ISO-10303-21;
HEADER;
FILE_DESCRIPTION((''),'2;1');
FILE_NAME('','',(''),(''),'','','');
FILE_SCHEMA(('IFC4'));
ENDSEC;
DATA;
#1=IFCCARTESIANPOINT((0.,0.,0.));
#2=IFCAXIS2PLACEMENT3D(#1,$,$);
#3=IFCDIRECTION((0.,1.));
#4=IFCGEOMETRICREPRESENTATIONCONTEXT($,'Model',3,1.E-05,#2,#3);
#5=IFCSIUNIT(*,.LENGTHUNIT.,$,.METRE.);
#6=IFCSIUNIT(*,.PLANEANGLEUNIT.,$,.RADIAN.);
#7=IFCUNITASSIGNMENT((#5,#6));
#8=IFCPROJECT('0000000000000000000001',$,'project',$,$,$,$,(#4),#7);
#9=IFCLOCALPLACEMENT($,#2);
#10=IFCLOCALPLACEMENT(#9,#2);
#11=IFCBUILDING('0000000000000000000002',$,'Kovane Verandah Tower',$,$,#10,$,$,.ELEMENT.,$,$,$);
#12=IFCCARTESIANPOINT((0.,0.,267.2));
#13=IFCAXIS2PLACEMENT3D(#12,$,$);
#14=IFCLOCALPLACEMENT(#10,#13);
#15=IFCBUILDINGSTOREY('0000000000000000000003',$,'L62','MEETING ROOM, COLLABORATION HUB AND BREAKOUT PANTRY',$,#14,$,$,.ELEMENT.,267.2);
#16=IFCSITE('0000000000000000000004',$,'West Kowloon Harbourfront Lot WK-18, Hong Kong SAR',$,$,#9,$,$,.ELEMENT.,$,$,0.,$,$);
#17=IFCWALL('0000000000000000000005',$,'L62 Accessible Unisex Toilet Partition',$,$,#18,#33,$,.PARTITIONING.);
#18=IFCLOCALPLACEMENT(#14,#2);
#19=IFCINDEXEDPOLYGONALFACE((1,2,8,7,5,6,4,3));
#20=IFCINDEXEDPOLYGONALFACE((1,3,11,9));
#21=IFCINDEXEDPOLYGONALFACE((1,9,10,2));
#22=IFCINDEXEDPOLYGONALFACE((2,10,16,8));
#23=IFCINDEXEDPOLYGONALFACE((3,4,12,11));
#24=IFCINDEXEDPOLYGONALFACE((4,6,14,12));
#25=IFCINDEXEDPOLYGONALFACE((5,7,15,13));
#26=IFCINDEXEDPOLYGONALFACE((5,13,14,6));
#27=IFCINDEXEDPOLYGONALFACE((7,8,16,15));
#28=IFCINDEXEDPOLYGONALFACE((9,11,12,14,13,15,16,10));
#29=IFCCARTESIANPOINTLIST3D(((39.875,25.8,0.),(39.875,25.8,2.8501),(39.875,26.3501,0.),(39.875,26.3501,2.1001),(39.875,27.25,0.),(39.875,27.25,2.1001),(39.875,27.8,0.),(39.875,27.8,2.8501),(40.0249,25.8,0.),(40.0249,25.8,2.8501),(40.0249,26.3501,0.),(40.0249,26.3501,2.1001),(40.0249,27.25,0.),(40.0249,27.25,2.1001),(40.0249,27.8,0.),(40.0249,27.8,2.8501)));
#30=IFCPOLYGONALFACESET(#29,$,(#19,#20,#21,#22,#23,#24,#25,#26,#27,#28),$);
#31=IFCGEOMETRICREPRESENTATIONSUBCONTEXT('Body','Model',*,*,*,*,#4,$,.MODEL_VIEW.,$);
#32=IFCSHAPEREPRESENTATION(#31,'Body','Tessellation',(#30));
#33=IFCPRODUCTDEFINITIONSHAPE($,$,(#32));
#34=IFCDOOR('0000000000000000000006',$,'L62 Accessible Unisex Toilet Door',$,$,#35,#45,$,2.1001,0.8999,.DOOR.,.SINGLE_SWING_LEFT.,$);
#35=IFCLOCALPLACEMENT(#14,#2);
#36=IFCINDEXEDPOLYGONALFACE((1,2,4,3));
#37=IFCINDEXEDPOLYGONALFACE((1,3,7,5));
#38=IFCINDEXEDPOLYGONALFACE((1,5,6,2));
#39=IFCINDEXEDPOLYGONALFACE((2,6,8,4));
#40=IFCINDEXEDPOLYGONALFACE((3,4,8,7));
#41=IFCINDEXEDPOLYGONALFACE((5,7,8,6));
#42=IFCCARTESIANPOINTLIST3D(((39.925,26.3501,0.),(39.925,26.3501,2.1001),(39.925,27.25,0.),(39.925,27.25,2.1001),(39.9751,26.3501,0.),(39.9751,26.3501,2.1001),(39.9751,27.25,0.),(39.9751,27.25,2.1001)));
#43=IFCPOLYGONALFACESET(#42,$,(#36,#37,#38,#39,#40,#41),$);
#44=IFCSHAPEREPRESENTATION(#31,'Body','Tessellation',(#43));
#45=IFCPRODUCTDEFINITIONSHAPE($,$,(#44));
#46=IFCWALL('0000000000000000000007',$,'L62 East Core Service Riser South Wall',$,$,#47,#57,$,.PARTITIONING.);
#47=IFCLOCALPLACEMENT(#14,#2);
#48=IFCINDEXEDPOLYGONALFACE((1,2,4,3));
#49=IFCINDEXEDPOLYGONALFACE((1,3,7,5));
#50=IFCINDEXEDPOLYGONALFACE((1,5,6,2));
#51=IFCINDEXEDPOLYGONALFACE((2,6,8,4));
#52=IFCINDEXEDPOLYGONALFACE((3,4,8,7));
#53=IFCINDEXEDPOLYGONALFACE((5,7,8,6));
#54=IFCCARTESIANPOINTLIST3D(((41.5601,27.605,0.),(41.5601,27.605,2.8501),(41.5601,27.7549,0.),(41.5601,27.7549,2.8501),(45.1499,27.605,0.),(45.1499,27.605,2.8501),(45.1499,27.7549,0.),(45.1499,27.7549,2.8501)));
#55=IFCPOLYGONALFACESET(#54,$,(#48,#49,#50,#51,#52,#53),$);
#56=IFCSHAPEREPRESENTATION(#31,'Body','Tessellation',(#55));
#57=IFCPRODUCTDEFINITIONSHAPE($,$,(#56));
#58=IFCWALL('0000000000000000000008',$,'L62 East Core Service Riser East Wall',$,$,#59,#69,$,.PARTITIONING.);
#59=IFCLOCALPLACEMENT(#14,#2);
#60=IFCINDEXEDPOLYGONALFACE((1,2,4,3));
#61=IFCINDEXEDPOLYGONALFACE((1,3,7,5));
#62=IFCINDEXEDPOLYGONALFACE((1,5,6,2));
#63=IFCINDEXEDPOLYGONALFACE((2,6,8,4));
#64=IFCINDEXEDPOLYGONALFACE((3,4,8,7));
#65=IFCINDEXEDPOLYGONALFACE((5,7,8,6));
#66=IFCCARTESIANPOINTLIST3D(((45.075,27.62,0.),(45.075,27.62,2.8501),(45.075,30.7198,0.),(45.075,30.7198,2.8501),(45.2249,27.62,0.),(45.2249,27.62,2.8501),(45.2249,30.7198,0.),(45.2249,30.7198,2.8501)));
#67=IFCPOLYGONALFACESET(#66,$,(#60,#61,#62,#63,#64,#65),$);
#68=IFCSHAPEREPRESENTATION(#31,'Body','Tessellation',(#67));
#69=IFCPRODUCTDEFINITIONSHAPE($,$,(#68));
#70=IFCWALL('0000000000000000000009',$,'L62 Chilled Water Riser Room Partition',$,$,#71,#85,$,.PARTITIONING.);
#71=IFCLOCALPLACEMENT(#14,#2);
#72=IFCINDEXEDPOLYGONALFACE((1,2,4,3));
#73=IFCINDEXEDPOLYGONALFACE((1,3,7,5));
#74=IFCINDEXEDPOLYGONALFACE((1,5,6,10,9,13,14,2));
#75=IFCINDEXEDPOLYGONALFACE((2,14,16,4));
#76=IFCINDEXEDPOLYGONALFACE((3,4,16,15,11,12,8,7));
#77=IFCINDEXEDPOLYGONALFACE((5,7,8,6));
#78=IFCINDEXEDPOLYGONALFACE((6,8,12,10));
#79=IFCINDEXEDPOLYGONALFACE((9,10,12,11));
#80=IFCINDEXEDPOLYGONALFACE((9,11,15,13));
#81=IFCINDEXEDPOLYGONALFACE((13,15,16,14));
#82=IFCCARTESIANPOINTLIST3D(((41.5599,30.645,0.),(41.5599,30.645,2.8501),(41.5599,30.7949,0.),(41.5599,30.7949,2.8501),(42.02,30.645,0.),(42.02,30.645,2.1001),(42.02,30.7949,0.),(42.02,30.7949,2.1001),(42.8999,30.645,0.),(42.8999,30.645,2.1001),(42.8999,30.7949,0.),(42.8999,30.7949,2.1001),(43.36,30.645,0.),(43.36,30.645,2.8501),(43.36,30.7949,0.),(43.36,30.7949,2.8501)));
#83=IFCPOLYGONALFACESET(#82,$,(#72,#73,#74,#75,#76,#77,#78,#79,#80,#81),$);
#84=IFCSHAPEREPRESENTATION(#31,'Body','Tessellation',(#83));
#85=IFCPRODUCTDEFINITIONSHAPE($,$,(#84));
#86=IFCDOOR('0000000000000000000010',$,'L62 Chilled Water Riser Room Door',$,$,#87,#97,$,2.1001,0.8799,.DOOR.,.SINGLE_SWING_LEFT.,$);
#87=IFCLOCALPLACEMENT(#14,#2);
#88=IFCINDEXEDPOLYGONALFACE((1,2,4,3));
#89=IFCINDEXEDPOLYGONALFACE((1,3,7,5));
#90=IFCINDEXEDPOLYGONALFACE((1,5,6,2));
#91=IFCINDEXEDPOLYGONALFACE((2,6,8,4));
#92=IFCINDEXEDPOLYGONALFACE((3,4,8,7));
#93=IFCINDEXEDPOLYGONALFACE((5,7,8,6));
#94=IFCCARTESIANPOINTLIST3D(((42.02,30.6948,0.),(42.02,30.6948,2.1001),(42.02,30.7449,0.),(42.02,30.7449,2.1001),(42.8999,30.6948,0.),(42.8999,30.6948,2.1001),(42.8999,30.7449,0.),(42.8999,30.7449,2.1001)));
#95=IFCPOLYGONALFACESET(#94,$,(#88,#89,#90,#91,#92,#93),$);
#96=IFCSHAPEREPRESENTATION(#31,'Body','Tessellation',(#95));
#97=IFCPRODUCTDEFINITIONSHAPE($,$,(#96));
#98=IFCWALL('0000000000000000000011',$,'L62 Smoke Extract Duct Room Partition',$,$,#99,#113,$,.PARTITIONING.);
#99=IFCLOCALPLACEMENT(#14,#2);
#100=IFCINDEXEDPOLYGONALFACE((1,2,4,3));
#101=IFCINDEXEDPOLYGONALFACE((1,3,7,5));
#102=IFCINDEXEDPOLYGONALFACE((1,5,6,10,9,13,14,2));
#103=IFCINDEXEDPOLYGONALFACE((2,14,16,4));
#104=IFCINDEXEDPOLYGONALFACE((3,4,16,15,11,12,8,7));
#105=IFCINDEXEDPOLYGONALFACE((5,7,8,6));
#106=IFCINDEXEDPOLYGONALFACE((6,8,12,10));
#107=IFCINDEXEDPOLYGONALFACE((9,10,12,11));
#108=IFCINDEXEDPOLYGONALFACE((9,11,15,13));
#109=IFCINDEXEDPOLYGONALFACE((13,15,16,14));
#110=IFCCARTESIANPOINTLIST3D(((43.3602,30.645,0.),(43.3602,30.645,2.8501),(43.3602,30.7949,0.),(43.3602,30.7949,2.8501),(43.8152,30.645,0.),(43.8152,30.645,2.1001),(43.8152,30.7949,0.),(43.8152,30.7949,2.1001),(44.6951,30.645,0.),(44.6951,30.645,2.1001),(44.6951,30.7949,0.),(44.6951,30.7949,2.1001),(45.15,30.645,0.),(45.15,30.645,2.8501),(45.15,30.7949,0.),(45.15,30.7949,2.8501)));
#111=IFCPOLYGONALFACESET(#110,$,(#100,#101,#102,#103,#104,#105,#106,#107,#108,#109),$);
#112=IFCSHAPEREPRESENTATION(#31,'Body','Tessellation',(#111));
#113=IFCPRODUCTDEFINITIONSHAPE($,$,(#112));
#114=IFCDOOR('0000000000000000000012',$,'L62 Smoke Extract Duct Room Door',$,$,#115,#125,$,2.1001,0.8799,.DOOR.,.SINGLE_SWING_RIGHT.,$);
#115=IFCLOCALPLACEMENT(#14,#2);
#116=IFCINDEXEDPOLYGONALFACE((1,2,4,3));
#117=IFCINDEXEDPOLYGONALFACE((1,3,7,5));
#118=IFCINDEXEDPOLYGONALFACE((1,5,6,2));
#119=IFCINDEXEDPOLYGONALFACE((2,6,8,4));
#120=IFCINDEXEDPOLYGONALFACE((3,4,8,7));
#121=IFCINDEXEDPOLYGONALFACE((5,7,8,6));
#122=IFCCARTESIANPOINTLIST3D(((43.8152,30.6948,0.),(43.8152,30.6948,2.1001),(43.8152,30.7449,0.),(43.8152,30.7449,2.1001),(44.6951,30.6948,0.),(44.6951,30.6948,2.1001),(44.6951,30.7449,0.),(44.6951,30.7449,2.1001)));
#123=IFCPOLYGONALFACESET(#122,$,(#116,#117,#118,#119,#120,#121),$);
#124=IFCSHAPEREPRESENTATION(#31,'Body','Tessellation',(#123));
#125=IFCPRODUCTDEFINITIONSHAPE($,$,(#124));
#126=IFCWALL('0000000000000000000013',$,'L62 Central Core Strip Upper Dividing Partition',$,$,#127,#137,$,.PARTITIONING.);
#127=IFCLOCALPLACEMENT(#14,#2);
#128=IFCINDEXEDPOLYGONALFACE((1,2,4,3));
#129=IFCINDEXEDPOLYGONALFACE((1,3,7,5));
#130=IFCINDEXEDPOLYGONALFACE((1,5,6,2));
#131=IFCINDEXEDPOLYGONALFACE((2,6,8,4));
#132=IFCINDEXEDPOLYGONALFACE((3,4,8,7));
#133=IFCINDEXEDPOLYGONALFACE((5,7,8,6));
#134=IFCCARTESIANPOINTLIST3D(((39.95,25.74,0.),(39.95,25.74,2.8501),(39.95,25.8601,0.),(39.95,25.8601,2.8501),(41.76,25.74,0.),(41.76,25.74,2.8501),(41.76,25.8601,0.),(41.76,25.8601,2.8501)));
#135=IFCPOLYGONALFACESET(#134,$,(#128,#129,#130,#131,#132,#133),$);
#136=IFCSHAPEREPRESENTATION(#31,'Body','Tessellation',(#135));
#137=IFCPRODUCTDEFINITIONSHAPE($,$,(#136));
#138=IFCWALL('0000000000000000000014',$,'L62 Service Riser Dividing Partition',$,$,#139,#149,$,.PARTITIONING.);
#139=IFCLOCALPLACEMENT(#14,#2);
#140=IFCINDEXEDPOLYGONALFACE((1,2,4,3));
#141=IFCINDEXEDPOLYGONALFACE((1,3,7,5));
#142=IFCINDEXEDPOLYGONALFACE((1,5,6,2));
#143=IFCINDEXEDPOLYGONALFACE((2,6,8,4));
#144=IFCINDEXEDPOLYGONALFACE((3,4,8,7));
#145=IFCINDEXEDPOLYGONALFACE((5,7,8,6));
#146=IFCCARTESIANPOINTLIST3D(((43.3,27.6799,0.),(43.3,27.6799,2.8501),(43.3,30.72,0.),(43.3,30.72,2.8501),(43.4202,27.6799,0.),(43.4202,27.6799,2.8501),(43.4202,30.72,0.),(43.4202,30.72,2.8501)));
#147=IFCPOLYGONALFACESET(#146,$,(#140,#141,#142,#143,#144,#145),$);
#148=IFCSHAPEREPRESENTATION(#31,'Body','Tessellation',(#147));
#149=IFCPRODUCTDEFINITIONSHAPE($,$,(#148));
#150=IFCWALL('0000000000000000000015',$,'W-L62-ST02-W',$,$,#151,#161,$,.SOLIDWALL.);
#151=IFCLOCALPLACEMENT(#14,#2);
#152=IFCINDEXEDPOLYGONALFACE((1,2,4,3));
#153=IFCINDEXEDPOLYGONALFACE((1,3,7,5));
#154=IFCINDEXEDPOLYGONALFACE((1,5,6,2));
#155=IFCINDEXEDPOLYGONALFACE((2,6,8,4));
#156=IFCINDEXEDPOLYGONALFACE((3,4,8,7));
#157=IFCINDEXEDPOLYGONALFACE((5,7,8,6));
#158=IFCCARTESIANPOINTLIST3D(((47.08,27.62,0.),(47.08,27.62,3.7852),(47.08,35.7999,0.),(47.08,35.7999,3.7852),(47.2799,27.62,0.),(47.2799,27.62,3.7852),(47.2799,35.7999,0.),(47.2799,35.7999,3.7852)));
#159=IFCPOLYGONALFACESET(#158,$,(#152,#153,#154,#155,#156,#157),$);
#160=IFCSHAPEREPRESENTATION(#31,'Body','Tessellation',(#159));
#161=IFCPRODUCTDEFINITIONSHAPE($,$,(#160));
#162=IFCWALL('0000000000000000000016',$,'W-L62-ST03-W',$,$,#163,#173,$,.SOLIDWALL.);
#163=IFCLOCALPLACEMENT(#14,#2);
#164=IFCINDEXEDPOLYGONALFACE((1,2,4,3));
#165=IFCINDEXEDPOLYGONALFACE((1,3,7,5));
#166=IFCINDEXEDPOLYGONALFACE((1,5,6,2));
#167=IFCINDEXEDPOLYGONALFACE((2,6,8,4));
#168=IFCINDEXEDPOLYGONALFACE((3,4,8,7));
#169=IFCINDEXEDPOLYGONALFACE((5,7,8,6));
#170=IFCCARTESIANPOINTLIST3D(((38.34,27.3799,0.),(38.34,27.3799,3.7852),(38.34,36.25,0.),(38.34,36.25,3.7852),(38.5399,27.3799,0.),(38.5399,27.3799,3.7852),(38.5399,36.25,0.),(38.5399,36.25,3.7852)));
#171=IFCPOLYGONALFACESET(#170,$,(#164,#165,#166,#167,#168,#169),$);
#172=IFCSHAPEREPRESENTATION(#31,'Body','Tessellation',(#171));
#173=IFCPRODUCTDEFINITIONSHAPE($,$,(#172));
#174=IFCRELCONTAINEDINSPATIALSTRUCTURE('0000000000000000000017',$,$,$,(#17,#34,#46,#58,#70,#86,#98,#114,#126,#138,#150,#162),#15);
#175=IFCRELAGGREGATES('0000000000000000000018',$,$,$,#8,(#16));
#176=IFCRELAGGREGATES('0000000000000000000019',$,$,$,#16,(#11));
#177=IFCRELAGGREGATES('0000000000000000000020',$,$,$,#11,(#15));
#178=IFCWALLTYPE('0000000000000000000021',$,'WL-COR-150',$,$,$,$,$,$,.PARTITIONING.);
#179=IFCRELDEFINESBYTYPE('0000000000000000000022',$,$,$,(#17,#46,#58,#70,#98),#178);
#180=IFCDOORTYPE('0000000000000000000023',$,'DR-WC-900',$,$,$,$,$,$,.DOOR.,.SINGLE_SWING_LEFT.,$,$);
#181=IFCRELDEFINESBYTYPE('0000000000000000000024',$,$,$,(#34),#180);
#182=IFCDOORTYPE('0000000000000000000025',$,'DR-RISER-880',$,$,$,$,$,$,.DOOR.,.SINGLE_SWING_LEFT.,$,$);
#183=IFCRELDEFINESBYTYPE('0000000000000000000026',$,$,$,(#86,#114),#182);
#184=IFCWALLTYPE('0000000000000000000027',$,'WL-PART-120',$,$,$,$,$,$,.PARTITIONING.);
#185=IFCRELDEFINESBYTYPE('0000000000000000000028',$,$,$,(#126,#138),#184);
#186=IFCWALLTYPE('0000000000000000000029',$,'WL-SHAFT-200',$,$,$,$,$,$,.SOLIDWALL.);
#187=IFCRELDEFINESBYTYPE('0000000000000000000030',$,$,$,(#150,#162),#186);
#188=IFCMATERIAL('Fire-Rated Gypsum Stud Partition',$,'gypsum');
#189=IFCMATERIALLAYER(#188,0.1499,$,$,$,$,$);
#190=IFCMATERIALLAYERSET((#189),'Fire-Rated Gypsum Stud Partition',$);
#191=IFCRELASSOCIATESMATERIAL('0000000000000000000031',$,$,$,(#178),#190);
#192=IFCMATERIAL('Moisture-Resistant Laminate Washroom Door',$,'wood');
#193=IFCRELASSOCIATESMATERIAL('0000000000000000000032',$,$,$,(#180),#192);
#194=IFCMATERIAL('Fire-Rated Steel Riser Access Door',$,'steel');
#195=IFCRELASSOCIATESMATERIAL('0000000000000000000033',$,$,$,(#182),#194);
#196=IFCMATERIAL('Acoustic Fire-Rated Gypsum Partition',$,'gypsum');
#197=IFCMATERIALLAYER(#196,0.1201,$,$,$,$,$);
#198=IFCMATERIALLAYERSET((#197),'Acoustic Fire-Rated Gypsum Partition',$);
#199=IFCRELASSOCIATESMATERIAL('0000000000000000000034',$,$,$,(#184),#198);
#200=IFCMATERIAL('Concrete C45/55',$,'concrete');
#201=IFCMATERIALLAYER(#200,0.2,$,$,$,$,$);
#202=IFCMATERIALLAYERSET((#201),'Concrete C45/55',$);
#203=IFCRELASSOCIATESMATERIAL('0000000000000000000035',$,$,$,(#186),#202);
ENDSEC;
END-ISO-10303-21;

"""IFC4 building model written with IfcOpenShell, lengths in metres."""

from ifc_helpers import new_model, si_unit, direction, frame, frame_2d, origin, place, context, subcontext, project, spatial, rectangle, extrude, material, layer, layer_set, type_object, element, fill, save


model = new_model("IFC4")

# Units and contexts
model_context = context("Model", 3, precision=1e-05, world=origin(), true_north=direction((0.0, 1.0)))
body_context = subcontext(model_context, "Body", "Model", "MODEL_VIEW")
ifc_project = project(units=[si_unit("LENGTHUNIT", "METRE"), si_unit("PLANEANGLEUNIT", "RADIAN")], contexts=[model_context])

# Site, building, storey
site_placement = place(None, origin())
site = spatial("IfcSite", under=ifc_project, at=site_placement, Name="West Kowloon Harbourfront Lot WK-18, Hong Kong SAR", CompositionType="ELEMENT", RefElevation=0.0)
building_placement = place(site_placement, origin())
building = spatial("IfcBuilding", under=site, at=building_placement, Name="Kovane Verandah Tower", CompositionType="ELEMENT")
storey_placement = place(building_placement, frame((0.0, 0.0, 267.2)))
storey = spatial("IfcBuildingStorey", under=building, at=storey_placement, Name="L62", Description="MEETING ROOM, COLLABORATION HUB AND BREAKOUT PANTRY", CompositionType="ELEMENT", Elevation=267.2)

# Wall, opening, door
ifc_material_1 = material(Name="Fire-Rated Gypsum Stud Partition", Category="gypsum")
ifc_layer_1 = layer(ifc_material_1, 0.1499)
ifc_layer_set_1 = layer_set([ifc_layer_1], Name="Fire-Rated Gypsum Stud Partition")
wall_type_1 = type_object("IfcWallType", Name="WL-COR-150", PredefinedType="PARTITIONING", material=ifc_layer_set_1)
wall_1_placement = place(storey_placement, frame((39.95, 25.8, 0.0), z_axis=(0.0, 0.0, 1.0), x_axis=(0.0, 1.0, 0.0)))
wall_1 = element("IfcWall", 1, at=wall_1_placement, inside=storey, type_object=wall_type_1, Name="L62 Accessible Unisex Toilet Partition", PredefinedType="PARTITIONING", context=body_context, shape_type="SweptSolid", body=[
    extrude(rectangle(XDim=2.0, YDim=0.1499, at=frame_2d((1.0, 0.0))), origin(), (0.0, 0.0, 1.0), 2.8501),
])
opening_1_placement = place(wall_1_placement, frame((0.55, 0.0, 0.0)))
opening_1 = element("IfcOpeningElement", 2, at=opening_1_placement, cuts=wall_1, PredefinedType="OPENING", context=body_context, shape_type="SweptSolid", body=[
    extrude(rectangle(XDim=0.8999, YDim=2.1001, at=frame_2d((0.45, 1.05))), frame((0.0, 0.075, 0.0), z_axis=(0.0, -1.0, 0.0), x_axis=(1.0, 0.0, 0.0)), (0.0, 0.0, 1.0), 0.1499),
])
ifc_material_2 = material(Name="Moisture-Resistant Laminate Washroom Door", Category="wood")
door_type_1 = type_object("IfcDoorType", Name="DR-WC-900", OperationType="SINGLE_SWING_LEFT", PredefinedType="DOOR", material=ifc_material_2)
door_1_placement = place(opening_1_placement, origin())
door_1 = element("IfcDoor", 3, at=door_1_placement, inside=storey, type_object=door_type_1, Name="L62 Accessible Unisex Toilet Door", OperationType="SINGLE_SWING_LEFT", OverallHeight=2.1001, OverallWidth=0.8999, PredefinedType="DOOR", context=body_context, shape_type="SweptSolid", body=[
    extrude(rectangle(XDim=0.8999, YDim=2.1001, at=frame_2d((0.45, 1.05))), frame((0.0, 0.0249, 0.0), z_axis=(0.0, -1.0, 0.0), x_axis=(1.0, 0.0, 0.0)), (0.0, 0.0, 1.0), 0.05),
])
fill(opening_1, door_1)

# Walls
wall_2_placement = place(storey_placement, frame((41.5601, 27.6799, 0.0), z_axis=(0.0, 0.0, 1.0), x_axis=(1.0, 0.0, 0.0)))
element("IfcWall", 4, at=wall_2_placement, inside=storey, type_object=wall_type_1, Name="L62 East Core Service Riser South Wall", PredefinedType="PARTITIONING", context=body_context, shape_type="SweptSolid", body=[
    extrude(rectangle(XDim=3.5898, YDim=0.1499, at=frame_2d((1.7949, 0.0))), origin(), (0.0, 0.0, 1.0), 2.8501),
])
wall_3_placement = place(storey_placement, frame((45.1499, 27.6201, 0.0), z_axis=(0.0, 0.0, 1.0), x_axis=(0.0, 1.0, 0.0)))
element("IfcWall", 5, at=wall_3_placement, inside=storey, type_object=wall_type_1, Name="L62 East Core Service Riser East Wall", PredefinedType="PARTITIONING", context=body_context, shape_type="SweptSolid", body=[
    extrude(rectangle(XDim=3.0999, YDim=0.1499, at=frame_2d((1.5498, 0.0))), origin(), (0.0, 0.0, 1.0), 2.8501),
])

# Walls, openings, doors
wall_4_placement = place(storey_placement, frame((41.5601, 30.72, 0.0), z_axis=(0.0, 0.0, 1.0), x_axis=(1.0, 0.0, 0.0)))
wall_4 = element("IfcWall", 6, at=wall_4_placement, inside=storey, type_object=wall_type_1, Name="L62 Chilled Water Riser Room Partition", PredefinedType="PARTITIONING", context=body_context, shape_type="SweptSolid", body=[
    extrude(rectangle(XDim=1.8, YDim=0.1499, at=frame_2d((0.8999, 0.0))), origin(), (0.0, 0.0, 1.0), 2.8501),
])
opening_2_placement = place(wall_4_placement, frame((0.46, 0.0, 0.0)))
opening_2 = element("IfcOpeningElement", 7, at=opening_2_placement, cuts=wall_4, PredefinedType="OPENING", context=body_context, shape_type="SweptSolid", body=[
    extrude(rectangle(XDim=0.8799, YDim=2.1001, at=frame_2d((0.4399, 1.05))), frame((0.0, 0.075, 0.0), z_axis=(0.0, -1.0, 0.0), x_axis=(1.0, 0.0, 0.0)), (0.0, 0.0, 1.0), 0.1499),
])
ifc_material_3 = material(Name="Fire-Rated Steel Riser Access Door", Category="steel")
door_type_2 = type_object("IfcDoorType", Name="DR-RISER-880", OperationType="SINGLE_SWING_LEFT", PredefinedType="DOOR", material=ifc_material_3)
door_2_placement = place(opening_2_placement, origin())
door_2 = element("IfcDoor", 8, at=door_2_placement, inside=storey, type_object=door_type_2, Name="L62 Chilled Water Riser Room Door", OperationType="SINGLE_SWING_LEFT", OverallHeight=2.1001, OverallWidth=0.8799, PredefinedType="DOOR", context=body_context, shape_type="SweptSolid", body=[
    extrude(rectangle(XDim=0.8799, YDim=2.1001, at=frame_2d((0.4399, 1.05))), frame((0.0, 0.0249, 0.0), z_axis=(0.0, -1.0, 0.0), x_axis=(1.0, 0.0, 0.0)), (0.0, 0.0, 1.0), 0.05),
])
fill(opening_2, door_2)
wall_5_placement = place(storey_placement, frame((43.3601, 30.72, 0.0), z_axis=(0.0, 0.0, 1.0), x_axis=(1.0, 0.0, 0.0)))
wall_5 = element("IfcWall", 9, at=wall_5_placement, inside=storey, type_object=wall_type_1, Name="L62 Smoke Extract Duct Room Partition", PredefinedType="PARTITIONING", context=body_context, shape_type="SweptSolid", body=[
    extrude(rectangle(XDim=1.7898, YDim=0.1499, at=frame_2d((0.895, 0.0))), origin(), (0.0, 0.0, 1.0), 2.8501),
])
opening_3_placement = place(wall_5_placement, frame((0.4551, 0.0, 0.0)))
opening_3 = element("IfcOpeningElement", 10, at=opening_3_placement, cuts=wall_5, PredefinedType="OPENING", context=body_context, shape_type="SweptSolid", body=[
    extrude(rectangle(XDim=0.8799, YDim=2.1001, at=frame_2d((0.4399, 1.05))), frame((0.0, 0.075, 0.0), z_axis=(0.0, -1.0, 0.0), x_axis=(1.0, 0.0, 0.0)), (0.0, 0.0, 1.0), 0.1499),
])
door_3_placement = place(opening_3_placement, origin())
door_3 = element("IfcDoor", 11, at=door_3_placement, inside=storey, type_object=door_type_2, Name="L62 Smoke Extract Duct Room Door", OperationType="SINGLE_SWING_RIGHT", OverallHeight=2.1001, OverallWidth=0.8799, PredefinedType="DOOR", context=body_context, shape_type="SweptSolid", body=[
    extrude(rectangle(XDim=0.8799, YDim=2.1001, at=frame_2d((0.4399, 1.05))), frame((0.0, 0.0249, 0.0), z_axis=(0.0, -1.0, 0.0), x_axis=(1.0, 0.0, 0.0)), (0.0, 0.0, 1.0), 0.05),
])
fill(opening_3, door_3)

# Walls
ifc_material_4 = material(Name="Acoustic Fire-Rated Gypsum Partition", Category="gypsum")
ifc_layer_2 = layer(ifc_material_4, 0.1201)
ifc_layer_set_2 = layer_set([ifc_layer_2], Name="Acoustic Fire-Rated Gypsum Partition")
wall_type_2 = type_object("IfcWallType", Name="WL-PART-120", PredefinedType="PARTITIONING", material=ifc_layer_set_2)
wall_6_placement = place(storey_placement, frame((39.95, 25.8, 0.0), z_axis=(0.0, 0.0, 1.0), x_axis=(1.0, 0.0, 0.0)))
element("IfcWall", 12, at=wall_6_placement, inside=storey, type_object=wall_type_2, Name="L62 Central Core Strip Upper Dividing Partition", PredefinedType="PARTITIONING", context=body_context, shape_type="SweptSolid", body=[
    extrude(rectangle(XDim=1.8101, YDim=0.1201, at=frame_2d((0.905, 0.0))), origin(), (0.0, 0.0, 1.0), 2.8501),
])
wall_7_placement = place(storey_placement, frame((43.3601, 27.6799, 0.0), z_axis=(0.0, 0.0, 1.0), x_axis=(0.0, 1.0, 0.0)))
element("IfcWall", 13, at=wall_7_placement, inside=storey, type_object=wall_type_2, Name="L62 Service Riser Dividing Partition", PredefinedType="PARTITIONING", context=body_context, shape_type="SweptSolid", body=[
    extrude(rectangle(XDim=3.04, YDim=0.1201, at=frame_2d((1.52, 0.0))), origin(), (0.0, 0.0, 1.0), 2.8501),
])
ifc_material_5 = material(Name="Concrete C45/55", Category="concrete")
ifc_layer_3 = layer(ifc_material_5, 0.2)
ifc_layer_set_3 = layer_set([ifc_layer_3], Name="Concrete C45/55")
wall_type_3 = type_object("IfcWallType", Name="WL-SHAFT-200", PredefinedType="SOLIDWALL", material=ifc_layer_set_3)
wall_8_placement = place(storey_placement, frame((47.1799, 27.6201, 0.0), z_axis=(0.0, 0.0, 1.0), x_axis=(0.0, 1.0, 0.0)))
element("IfcWall", 14, at=wall_8_placement, inside=storey, type_object=wall_type_3, Name="W-L62-ST02-W", PredefinedType="SOLIDWALL", context=body_context, shape_type="SweptSolid", body=[
    extrude(rectangle(XDim=8.1799, YDim=0.2, at=frame_2d((4.0898, 0.0))), origin(), (0.0, 0.0, 1.0), 3.7852),
])

# Wall
wall_9_placement = place(storey_placement, frame((38.4399, 27.3799, 0.0), z_axis=(0.0, 0.0, 1.0), x_axis=(0.0, 1.0, 0.0)))
element("IfcWall", 15, at=wall_9_placement, inside=storey, type_object=wall_type_3, Name="W-L62-ST03-W", PredefinedType="SOLIDWALL", context=body_context, shape_type="SweptSolid", body=[
    extrude(rectangle(XDim=8.8701, YDim=0.2, at=frame_2d((4.4351, 0.0))), origin(), (0.0, 0.0, 1.0), 3.7852),
])

save(model, "model.ifc")
